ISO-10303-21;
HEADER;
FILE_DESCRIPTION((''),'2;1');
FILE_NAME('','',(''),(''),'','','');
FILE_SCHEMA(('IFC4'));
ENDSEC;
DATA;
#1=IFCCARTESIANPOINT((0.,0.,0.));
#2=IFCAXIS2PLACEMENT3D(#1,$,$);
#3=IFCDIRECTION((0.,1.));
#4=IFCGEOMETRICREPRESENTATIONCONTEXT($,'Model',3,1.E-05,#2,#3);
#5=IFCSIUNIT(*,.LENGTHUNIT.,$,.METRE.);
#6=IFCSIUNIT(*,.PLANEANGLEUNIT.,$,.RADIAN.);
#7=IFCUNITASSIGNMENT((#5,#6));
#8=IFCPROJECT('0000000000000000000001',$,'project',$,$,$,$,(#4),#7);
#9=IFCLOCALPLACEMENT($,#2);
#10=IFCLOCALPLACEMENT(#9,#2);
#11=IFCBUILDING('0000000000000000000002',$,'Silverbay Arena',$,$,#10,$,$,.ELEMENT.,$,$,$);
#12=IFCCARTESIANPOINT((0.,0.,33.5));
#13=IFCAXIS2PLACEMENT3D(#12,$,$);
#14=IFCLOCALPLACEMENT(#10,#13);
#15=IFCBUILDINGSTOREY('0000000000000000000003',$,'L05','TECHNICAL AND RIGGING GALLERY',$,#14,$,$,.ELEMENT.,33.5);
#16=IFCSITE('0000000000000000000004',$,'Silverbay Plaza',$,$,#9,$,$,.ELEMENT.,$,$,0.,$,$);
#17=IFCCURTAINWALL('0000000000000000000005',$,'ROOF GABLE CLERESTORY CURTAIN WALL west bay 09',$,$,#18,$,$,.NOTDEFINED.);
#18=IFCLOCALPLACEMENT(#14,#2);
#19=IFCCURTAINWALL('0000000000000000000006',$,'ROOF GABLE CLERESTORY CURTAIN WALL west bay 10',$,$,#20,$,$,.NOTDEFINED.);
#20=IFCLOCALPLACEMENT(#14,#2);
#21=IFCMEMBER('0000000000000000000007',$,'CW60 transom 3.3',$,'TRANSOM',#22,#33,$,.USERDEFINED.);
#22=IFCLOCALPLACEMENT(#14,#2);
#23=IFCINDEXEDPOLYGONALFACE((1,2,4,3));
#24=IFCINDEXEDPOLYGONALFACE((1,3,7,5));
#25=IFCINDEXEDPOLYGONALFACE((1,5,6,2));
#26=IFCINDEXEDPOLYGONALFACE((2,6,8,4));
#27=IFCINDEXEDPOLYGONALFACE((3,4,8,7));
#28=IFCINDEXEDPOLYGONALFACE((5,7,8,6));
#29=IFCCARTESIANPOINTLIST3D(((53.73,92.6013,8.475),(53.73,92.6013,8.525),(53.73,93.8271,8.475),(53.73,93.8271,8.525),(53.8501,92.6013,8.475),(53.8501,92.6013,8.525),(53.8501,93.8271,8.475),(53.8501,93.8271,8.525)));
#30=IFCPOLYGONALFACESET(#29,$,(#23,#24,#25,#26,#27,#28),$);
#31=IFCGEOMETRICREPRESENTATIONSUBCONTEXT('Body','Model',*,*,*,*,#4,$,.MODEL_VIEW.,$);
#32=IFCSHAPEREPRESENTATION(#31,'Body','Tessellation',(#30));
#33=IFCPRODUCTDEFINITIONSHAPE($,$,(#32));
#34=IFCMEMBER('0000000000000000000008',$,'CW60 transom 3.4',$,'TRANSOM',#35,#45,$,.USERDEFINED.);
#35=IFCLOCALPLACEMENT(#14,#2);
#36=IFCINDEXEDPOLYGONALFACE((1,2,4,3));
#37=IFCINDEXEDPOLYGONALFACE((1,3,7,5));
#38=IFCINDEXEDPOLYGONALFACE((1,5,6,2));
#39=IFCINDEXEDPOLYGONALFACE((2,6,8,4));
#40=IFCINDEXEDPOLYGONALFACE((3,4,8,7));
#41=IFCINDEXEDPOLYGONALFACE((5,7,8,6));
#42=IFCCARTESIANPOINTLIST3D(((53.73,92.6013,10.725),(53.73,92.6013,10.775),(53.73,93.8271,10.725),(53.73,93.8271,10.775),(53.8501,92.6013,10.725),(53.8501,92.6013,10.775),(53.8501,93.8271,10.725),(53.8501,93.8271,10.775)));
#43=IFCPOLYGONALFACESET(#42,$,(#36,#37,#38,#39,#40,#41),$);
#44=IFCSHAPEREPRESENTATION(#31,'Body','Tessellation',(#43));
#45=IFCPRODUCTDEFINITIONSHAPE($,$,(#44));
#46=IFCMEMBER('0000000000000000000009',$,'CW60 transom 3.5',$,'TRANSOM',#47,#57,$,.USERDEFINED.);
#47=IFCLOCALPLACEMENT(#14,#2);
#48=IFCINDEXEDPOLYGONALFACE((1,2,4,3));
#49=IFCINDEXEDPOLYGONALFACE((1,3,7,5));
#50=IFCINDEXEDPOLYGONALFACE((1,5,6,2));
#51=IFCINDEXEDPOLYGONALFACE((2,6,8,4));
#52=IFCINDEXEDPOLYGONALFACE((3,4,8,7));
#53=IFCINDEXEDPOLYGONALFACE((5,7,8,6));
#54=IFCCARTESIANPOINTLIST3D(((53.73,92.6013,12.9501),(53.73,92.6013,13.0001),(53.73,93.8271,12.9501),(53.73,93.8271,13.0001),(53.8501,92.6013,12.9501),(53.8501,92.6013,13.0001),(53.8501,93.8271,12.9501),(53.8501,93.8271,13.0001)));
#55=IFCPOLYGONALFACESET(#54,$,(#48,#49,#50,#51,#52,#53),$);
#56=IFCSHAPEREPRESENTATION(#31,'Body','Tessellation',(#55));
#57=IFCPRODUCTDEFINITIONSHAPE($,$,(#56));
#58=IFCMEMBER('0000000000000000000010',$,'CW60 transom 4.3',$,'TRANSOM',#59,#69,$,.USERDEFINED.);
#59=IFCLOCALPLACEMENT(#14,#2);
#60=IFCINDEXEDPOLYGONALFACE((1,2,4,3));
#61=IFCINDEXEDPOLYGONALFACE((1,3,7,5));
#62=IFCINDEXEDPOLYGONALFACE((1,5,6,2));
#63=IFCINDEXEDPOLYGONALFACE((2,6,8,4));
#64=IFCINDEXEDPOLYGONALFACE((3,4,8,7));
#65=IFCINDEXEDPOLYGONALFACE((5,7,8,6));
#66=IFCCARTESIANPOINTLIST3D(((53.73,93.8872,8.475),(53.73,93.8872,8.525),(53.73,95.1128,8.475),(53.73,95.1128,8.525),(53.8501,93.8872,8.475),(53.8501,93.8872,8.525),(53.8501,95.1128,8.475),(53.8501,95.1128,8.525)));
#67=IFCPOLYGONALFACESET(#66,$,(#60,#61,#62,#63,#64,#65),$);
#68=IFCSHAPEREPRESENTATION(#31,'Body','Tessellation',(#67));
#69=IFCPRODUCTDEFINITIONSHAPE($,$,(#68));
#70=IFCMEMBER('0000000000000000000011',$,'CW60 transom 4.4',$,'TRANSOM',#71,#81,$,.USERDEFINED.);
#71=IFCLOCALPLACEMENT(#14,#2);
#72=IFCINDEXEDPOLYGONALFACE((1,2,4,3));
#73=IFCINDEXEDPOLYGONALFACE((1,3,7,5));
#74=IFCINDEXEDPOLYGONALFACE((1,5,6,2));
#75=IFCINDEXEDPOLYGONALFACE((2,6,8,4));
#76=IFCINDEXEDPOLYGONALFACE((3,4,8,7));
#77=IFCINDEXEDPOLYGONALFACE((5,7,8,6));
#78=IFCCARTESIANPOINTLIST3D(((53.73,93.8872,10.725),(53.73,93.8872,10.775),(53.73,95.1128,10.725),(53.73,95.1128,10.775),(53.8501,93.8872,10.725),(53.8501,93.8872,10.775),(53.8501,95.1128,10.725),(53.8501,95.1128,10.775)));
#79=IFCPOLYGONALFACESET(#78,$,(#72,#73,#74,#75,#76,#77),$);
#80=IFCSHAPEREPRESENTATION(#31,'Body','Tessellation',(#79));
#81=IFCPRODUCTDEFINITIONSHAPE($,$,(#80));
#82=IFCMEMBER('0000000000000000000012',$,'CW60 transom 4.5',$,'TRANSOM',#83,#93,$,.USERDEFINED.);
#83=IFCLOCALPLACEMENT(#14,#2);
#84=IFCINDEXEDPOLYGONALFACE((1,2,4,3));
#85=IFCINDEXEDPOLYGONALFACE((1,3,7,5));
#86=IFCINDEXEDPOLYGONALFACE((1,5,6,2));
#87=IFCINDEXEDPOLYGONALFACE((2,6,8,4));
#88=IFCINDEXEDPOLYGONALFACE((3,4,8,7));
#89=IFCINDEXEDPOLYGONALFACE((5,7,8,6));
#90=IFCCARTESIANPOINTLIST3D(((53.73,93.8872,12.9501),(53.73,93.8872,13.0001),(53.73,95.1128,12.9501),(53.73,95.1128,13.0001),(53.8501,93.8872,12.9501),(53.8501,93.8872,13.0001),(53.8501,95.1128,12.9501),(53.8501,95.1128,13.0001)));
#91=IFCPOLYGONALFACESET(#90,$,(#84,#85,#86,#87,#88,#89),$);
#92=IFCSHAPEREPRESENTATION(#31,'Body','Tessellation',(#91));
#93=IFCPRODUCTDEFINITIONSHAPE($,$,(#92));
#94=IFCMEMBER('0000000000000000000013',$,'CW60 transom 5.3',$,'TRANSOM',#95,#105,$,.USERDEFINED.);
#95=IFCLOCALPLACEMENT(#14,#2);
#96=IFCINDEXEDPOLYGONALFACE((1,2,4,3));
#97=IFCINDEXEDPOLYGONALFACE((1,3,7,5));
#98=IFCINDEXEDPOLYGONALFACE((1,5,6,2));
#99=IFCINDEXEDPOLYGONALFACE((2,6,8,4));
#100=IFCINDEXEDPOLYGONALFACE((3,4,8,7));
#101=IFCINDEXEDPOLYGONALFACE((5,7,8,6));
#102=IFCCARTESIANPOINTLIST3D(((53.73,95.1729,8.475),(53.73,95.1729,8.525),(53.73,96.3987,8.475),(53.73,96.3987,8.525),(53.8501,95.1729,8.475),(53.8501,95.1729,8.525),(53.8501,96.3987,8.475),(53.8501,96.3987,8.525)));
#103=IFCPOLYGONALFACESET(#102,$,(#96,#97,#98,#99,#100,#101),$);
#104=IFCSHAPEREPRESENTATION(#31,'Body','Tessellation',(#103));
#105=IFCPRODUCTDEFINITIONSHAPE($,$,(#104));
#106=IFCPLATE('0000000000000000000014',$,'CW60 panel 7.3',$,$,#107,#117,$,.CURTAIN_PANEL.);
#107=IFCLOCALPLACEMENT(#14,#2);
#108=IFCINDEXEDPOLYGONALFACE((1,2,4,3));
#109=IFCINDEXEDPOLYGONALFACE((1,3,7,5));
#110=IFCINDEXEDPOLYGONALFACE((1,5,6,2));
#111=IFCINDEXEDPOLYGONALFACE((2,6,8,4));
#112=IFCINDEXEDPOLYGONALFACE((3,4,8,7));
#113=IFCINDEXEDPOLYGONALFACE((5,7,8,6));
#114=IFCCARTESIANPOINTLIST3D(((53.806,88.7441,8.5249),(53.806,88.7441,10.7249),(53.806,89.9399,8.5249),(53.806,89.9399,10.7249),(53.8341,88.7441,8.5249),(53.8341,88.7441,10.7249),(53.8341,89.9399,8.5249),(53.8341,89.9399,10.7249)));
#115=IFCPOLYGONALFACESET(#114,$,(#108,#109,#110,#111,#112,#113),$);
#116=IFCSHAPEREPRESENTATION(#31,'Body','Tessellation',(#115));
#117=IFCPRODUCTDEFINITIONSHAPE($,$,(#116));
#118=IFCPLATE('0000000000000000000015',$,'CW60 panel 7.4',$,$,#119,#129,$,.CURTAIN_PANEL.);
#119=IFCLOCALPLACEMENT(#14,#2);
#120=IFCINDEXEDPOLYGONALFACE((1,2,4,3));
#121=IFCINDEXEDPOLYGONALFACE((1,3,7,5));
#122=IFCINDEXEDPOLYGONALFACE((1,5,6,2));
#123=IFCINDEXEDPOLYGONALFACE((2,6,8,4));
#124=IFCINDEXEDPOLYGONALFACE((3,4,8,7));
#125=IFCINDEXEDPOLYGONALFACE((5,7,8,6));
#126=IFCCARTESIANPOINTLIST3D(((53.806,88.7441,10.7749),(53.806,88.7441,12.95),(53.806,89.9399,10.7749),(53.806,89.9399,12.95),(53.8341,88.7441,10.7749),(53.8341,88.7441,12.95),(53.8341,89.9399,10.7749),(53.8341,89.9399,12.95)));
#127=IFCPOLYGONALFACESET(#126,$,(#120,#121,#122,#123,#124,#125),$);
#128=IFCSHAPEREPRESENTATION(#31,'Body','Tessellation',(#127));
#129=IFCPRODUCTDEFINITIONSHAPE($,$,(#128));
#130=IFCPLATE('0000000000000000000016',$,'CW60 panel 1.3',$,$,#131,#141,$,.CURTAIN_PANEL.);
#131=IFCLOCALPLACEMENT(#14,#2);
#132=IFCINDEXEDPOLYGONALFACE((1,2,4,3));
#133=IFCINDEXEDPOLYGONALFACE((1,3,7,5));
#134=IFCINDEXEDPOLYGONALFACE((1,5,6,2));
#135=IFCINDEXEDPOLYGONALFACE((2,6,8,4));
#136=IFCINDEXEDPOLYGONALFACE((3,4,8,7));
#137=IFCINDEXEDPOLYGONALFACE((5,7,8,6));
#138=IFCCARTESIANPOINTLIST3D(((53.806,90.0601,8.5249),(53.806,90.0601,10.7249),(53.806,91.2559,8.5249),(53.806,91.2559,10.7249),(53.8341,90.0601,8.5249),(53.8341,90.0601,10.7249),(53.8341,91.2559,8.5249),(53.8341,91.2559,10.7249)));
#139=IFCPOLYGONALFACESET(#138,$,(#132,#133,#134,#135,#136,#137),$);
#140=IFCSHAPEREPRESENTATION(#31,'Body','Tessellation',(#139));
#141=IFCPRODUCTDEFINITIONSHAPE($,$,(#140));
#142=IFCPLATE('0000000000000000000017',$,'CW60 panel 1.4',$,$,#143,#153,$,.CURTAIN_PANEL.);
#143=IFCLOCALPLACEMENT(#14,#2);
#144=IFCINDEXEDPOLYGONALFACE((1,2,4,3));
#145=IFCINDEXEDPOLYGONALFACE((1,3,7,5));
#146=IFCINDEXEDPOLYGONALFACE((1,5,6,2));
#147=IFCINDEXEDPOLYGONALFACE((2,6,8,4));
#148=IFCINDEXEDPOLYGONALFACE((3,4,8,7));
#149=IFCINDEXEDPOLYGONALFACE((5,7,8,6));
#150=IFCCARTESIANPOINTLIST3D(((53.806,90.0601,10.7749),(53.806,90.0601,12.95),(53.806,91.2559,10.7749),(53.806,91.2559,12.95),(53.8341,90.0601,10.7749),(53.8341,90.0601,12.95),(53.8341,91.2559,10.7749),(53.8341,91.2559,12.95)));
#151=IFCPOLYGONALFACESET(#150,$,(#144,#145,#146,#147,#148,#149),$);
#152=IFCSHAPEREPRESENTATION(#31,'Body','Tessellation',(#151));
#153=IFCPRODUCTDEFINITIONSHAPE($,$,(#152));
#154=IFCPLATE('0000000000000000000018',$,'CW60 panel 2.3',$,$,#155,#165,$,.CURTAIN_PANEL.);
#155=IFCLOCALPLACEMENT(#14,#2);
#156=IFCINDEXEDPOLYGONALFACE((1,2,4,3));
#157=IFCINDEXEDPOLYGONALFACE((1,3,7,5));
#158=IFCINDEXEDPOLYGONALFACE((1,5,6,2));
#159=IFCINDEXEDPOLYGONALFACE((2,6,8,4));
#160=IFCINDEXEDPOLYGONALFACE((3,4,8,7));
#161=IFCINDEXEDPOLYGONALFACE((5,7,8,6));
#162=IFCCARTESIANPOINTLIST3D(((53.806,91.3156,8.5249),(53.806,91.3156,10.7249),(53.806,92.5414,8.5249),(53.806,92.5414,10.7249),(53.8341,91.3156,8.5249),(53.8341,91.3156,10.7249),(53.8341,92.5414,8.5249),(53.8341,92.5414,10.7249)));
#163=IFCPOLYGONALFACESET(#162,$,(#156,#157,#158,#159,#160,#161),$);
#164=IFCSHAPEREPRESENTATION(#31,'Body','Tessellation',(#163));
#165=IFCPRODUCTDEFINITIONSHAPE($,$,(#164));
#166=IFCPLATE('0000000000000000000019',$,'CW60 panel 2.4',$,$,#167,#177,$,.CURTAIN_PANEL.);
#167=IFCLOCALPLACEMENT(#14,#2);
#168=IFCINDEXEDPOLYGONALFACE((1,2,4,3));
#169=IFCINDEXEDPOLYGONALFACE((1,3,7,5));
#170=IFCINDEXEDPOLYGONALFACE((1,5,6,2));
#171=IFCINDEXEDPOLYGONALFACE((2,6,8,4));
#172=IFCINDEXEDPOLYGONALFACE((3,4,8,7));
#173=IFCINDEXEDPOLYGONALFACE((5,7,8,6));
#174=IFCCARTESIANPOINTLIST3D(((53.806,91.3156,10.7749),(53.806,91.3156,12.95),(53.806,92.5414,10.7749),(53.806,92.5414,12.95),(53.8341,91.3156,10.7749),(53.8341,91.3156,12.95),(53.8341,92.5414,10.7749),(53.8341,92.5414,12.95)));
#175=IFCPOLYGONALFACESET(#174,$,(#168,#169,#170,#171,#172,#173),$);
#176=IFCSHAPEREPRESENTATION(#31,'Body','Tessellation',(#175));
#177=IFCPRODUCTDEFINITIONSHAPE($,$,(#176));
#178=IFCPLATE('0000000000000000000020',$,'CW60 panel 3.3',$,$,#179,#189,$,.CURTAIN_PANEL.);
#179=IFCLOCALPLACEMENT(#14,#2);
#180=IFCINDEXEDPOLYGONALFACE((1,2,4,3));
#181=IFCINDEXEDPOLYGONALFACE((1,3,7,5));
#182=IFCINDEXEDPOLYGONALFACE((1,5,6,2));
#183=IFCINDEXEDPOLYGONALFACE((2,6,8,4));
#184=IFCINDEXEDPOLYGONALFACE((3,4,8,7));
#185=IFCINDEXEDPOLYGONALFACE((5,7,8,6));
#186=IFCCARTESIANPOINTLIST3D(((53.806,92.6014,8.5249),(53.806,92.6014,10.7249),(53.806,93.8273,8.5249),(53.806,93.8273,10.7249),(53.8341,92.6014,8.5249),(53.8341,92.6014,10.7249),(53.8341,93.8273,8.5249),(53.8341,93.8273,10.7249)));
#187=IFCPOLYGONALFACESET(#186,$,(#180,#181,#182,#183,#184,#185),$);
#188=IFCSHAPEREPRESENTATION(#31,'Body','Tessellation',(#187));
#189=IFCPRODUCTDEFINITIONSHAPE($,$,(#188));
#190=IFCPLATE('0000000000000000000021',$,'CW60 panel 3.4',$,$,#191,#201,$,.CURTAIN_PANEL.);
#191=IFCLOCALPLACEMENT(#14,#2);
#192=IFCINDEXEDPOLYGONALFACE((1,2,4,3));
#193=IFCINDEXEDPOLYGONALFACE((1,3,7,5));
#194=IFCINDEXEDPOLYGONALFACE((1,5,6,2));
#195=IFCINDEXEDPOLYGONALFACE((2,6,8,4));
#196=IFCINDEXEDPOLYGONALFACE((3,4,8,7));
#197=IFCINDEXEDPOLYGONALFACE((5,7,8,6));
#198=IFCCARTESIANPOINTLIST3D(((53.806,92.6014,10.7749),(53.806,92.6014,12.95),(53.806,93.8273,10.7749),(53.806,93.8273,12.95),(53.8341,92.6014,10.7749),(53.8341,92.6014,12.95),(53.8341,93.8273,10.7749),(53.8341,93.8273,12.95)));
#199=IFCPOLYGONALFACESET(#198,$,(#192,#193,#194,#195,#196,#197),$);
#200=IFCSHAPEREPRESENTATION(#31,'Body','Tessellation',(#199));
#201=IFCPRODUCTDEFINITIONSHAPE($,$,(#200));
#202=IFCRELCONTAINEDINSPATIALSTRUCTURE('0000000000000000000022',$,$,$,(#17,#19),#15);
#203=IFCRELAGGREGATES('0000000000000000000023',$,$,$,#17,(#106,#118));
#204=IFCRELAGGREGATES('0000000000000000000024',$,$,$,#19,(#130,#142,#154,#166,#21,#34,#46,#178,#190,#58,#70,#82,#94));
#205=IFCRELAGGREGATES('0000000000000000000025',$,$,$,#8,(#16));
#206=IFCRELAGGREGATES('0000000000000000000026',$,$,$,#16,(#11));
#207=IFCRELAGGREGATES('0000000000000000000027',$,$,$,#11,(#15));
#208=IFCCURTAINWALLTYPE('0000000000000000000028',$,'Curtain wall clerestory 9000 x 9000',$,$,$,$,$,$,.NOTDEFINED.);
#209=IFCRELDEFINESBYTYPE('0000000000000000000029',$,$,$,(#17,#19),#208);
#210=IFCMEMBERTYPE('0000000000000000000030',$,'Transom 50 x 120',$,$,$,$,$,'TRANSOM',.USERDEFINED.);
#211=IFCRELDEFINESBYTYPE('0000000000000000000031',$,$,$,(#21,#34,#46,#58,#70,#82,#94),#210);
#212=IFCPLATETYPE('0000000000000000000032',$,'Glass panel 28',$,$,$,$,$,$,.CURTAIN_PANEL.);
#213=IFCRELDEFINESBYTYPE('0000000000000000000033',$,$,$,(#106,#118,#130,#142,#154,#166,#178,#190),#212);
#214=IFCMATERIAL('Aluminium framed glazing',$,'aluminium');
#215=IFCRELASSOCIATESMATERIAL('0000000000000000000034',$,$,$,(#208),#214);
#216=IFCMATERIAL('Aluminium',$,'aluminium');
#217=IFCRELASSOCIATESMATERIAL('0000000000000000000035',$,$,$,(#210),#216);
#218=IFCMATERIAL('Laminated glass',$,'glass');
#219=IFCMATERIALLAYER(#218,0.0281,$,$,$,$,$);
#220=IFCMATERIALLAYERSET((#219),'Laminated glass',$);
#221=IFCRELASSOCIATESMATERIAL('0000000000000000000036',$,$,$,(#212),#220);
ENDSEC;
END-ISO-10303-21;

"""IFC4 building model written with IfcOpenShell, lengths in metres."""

from ifc_helpers import new_model, si_unit, direction, frame, origin, origin_2d, place, context, subcontext, project, spatial, rectangle, extrude, material, layer, layer_set, material_profile, profile_set, type_object, element, aggregate, save


model = new_model("IFC4")

# Units and contexts
model_context = context("Model", 3, precision=1e-05, world=origin(), true_north=direction((0.0, 1.0)))
body_context = subcontext(model_context, "Body", "Model", "MODEL_VIEW")
ifc_project = project(units=[si_unit("LENGTHUNIT", "METRE"), si_unit("PLANEANGLEUNIT", "RADIAN")], contexts=[model_context])

# Site, building, storey
site_placement = place(None, origin())
site = spatial("IfcSite", under=ifc_project, at=site_placement, Name="Silverbay Plaza", CompositionType="ELEMENT", RefElevation=0.0)
building_placement = place(site_placement, origin())
building = spatial("IfcBuilding", under=site, at=building_placement, Name="Silverbay Arena", CompositionType="ELEMENT")
storey_placement = place(building_placement, frame((0.0, 0.0, 33.5)))
storey = spatial("IfcBuildingStorey", under=building, at=storey_placement, Name="L05", Description="TECHNICAL AND RIGGING GALLERY", CompositionType="ELEMENT", Elevation=33.5)

# Curtain wall
ifc_material_1 = material(Name="Aluminium framed glazing", Category="aluminium")
curtain_wall_type = type_object("IfcCurtainWallType", Name="Curtain wall clerestory 9000 x 9000", PredefinedType="NOTDEFINED", material=ifc_material_1)
curtain_wall_1_placement = place(storey_placement, origin())
curtain_wall_1 = element("IfcCurtainWall", 1, at=curtain_wall_1_placement, inside=storey, type_object=curtain_wall_type, Name="ROOF GABLE CLERESTORY CURTAIN WALL west bay 09", PredefinedType="NOTDEFINED")
ifc_material_2 = material(Name="Aluminium", Category="aluminium")
ifc_material_profile_1 = material_profile(ifc_material_2, rectangle(XDim=0.1201, YDim=0.05, at=origin_2d()), Name="Transom 50 x 120")
ifc_profile_set_1 = profile_set([ifc_material_profile_1], Name="Aluminium")
member_type_1 = type_object("IfcMemberType", Name="Transom 50 x 120", ElementType="TRANSOM", PredefinedType="USERDEFINED", material=ifc_profile_set_1)

# Curtain wall, members
curtain_wall_2_placement = place(storey_placement, origin())
curtain_wall_2 = element("IfcCurtainWall", 2, at=curtain_wall_2_placement, inside=storey, type_object=curtain_wall_type, Name="ROOF GABLE CLERESTORY CURTAIN WALL west bay 10", PredefinedType="NOTDEFINED")
member_1_placement = place(storey_placement, frame((53.79, 92.6013, 8.5), z_axis=(0.0, 1.0, 0.0), x_axis=(-1.0, 0.0, 0.0)))
member_1 = element("IfcMember", 3, at=member_1_placement, type_object=member_type_1, Name="CW60 transom 3.3", ObjectType="TRANSOM", PredefinedType="USERDEFINED", context=body_context, shape_type="SweptSolid", body=[
    extrude(rectangle(XDim=0.1201, YDim=0.05, at=origin_2d()), origin(), (0.0, 0.0, 1.0), 1.2258),
])
member_2_placement = place(storey_placement, frame((53.79, 92.6013, 10.75), z_axis=(0.0, 1.0, 0.0), x_axis=(-1.0, 0.0, 0.0)))
member_2 = element("IfcMember", 4, at=member_2_placement, type_object=member_type_1, Name="CW60 transom 3.4", ObjectType="TRANSOM", PredefinedType="USERDEFINED", context=body_context, shape_type="SweptSolid", body=[
    extrude(rectangle(XDim=0.1201, YDim=0.05, at=origin_2d()), origin(), (0.0, 0.0, 1.0), 1.2258),
])
member_3_placement = place(storey_placement, frame((53.79, 92.6013, 12.9751), z_axis=(0.0, 1.0, 0.0), x_axis=(-1.0, 0.0, 0.0)))
member_3 = element("IfcMember", 5, at=member_3_placement, type_object=member_type_1, Name="CW60 transom 3.5", ObjectType="TRANSOM", PredefinedType="USERDEFINED", context=body_context, shape_type="SweptSolid", body=[
    extrude(rectangle(XDim=0.1201, YDim=0.05, at=origin_2d()), origin(), (0.0, 0.0, 1.0), 1.2258),
])
member_4_placement = place(storey_placement, frame((53.79, 93.8872, 8.5), z_axis=(0.0, 1.0, 0.0), x_axis=(-1.0, 0.0, 0.0)))
member_4 = element("IfcMember", 6, at=member_4_placement, type_object=member_type_1, Name="CW60 transom 4.3", ObjectType="TRANSOM", PredefinedType="USERDEFINED", context=body_context, shape_type="SweptSolid", body=[
    extrude(rectangle(XDim=0.1201, YDim=0.05, at=origin_2d()), origin(), (0.0, 0.0, 1.0), 1.2256),
])
member_5_placement = place(storey_placement, frame((53.79, 93.8872, 10.75), z_axis=(0.0, 1.0, 0.0), x_axis=(-1.0, 0.0, 0.0)))
member_5 = element("IfcMember", 7, at=member_5_placement, type_object=member_type_1, Name="CW60 transom 4.4", ObjectType="TRANSOM", PredefinedType="USERDEFINED", context=body_context, shape_type="SweptSolid", body=[
    extrude(rectangle(XDim=0.1201, YDim=0.05, at=origin_2d()), origin(), (0.0, 0.0, 1.0), 1.2256),
])
member_6_placement = place(storey_placement, frame((53.79, 93.8872, 12.9751), z_axis=(0.0, 1.0, 0.0), x_axis=(-1.0, 0.0, 0.0)))
member_6 = element("IfcMember", 8, at=member_6_placement, type_object=member_type_1, Name="CW60 transom 4.5", ObjectType="TRANSOM", PredefinedType="USERDEFINED", context=body_context, shape_type="SweptSolid", body=[
    extrude(rectangle(XDim=0.1201, YDim=0.05, at=origin_2d()), origin(), (0.0, 0.0, 1.0), 1.2256),
])
member_7_placement = place(storey_placement, frame((53.79, 95.1729, 8.5), z_axis=(0.0, 1.0, 0.0), x_axis=(-1.0, 0.0, 0.0)))
member_7 = element("IfcMember", 9, at=member_7_placement, type_object=member_type_1, Name="CW60 transom 5.3", ObjectType="TRANSOM", PredefinedType="USERDEFINED", context=body_context, shape_type="SweptSolid", body=[
    extrude(rectangle(XDim=0.1201, YDim=0.05, at=origin_2d()), origin(), (0.0, 0.0, 1.0), 1.2258),
])

# Plates
ifc_material_3 = material(Name="Laminated glass", Category="glass")
ifc_layer = layer(ifc_material_3, 0.0281)
ifc_layer_set = layer_set([ifc_layer], Name="Laminated glass")
plate_type = type_object("IfcPlateType", Name="Glass panel 28", PredefinedType="CURTAIN_PANEL", material=ifc_layer_set)
plate_1_placement = place(storey_placement, frame((53.8201, 89.342, 8.5249), z_axis=(0.0, 0.0, 1.0), x_axis=(0.0, 1.0, 0.0)))
plate_1 = element("IfcPlate", 10, at=plate_1_placement, type_object=plate_type, Name="CW60 panel 7.3", PredefinedType="CURTAIN_PANEL", context=body_context, shape_type="SweptSolid", body=[
    extrude(rectangle(XDim=1.1958, YDim=0.0281, at=origin_2d()), origin(), (0.0, 0.0, 1.0), 2.2),
])
plate_2_placement = place(storey_placement, frame((53.8201, 89.342, 10.7749), z_axis=(0.0, 0.0, 1.0), x_axis=(0.0, 1.0, 0.0)))
plate_2 = element("IfcPlate", 11, at=plate_2_placement, type_object=plate_type, Name="CW60 panel 7.4", PredefinedType="CURTAIN_PANEL", context=body_context, shape_type="SweptSolid", body=[
    extrude(rectangle(XDim=1.1958, YDim=0.0281, at=origin_2d()), origin(), (0.0, 0.0, 1.0), 2.175),
])
aggregate(curtain_wall_1, [plate_1, plate_2])
plate_3_placement = place(storey_placement, frame((53.8201, 90.658, 8.5249), z_axis=(0.0, 0.0, 1.0), x_axis=(0.0, 1.0, 0.0)))
plate_3 = element("IfcPlate", 12, at=plate_3_placement, type_object=plate_type, Name="CW60 panel 1.3", PredefinedType="CURTAIN_PANEL", context=body_context, shape_type="SweptSolid", body=[
    extrude(rectangle(XDim=1.1958, YDim=0.0281, at=origin_2d()), origin(), (0.0, 0.0, 1.0), 2.2),
])
plate_4_placement = place(storey_placement, frame((53.8201, 90.658, 10.7749), z_axis=(0.0, 0.0, 1.0), x_axis=(0.0, 1.0, 0.0)))
plate_4 = element("IfcPlate", 13, at=plate_4_placement, type_object=plate_type, Name="CW60 panel 1.4", PredefinedType="CURTAIN_PANEL", context=body_context, shape_type="SweptSolid", body=[
    extrude(rectangle(XDim=1.1958, YDim=0.0281, at=origin_2d()), origin(), (0.0, 0.0, 1.0), 2.175),
])
plate_5_placement = place(storey_placement, frame((53.8201, 91.9285, 8.5249), z_axis=(0.0, 0.0, 1.0), x_axis=(0.0, 1.0, 0.0)))
plate_5 = element("IfcPlate", 14, at=plate_5_placement, type_object=plate_type, Name="CW60 panel 2.3", PredefinedType="CURTAIN_PANEL", context=body_context, shape_type="SweptSolid", body=[
    extrude(rectangle(XDim=1.2258, YDim=0.0281, at=origin_2d()), origin(), (0.0, 0.0, 1.0), 2.2),
])
plate_6_placement = place(storey_placement, frame((53.8201, 91.9285, 10.7749), z_axis=(0.0, 0.0, 1.0), x_axis=(0.0, 1.0, 0.0)))
plate_6 = element("IfcPlate", 15, at=plate_6_placement, type_object=plate_type, Name="CW60 panel 2.4", PredefinedType="CURTAIN_PANEL", context=body_context, shape_type="SweptSolid", body=[
    extrude(rectangle(XDim=1.2258, YDim=0.0281, at=origin_2d()), origin(), (0.0, 0.0, 1.0), 2.175),
])
plate_7_placement = place(storey_placement, frame((53.8201, 93.2144, 8.5249), z_axis=(0.0, 0.0, 1.0), x_axis=(0.0, 1.0, 0.0)))
plate_7 = element("IfcPlate", 16, at=plate_7_placement, type_object=plate_type, Name="CW60 panel 3.3", PredefinedType="CURTAIN_PANEL", context=body_context, shape_type="SweptSolid", body=[
    extrude(rectangle(XDim=1.2258, YDim=0.0281, at=origin_2d()), origin(), (0.0, 0.0, 1.0), 2.2),
])
plate_8_placement = place(storey_placement, frame((53.8201, 93.2144, 10.7749), z_axis=(0.0, 0.0, 1.0), x_axis=(0.0, 1.0, 0.0)))
plate_8 = element("IfcPlate", 17, at=plate_8_placement, type_object=plate_type, Name="CW60 panel 3.4", PredefinedType="CURTAIN_PANEL", context=body_context, shape_type="SweptSolid", body=[
    extrude(rectangle(XDim=1.2258, YDim=0.0281, at=origin_2d()), origin(), (0.0, 0.0, 1.0), 2.175),
])
aggregate(curtain_wall_2, [plate_3, plate_4, plate_5, plate_6, member_1, member_2, member_3, plate_7, plate_8, member_4, member_5, member_6, member_7])

save(model, "model.ifc")
